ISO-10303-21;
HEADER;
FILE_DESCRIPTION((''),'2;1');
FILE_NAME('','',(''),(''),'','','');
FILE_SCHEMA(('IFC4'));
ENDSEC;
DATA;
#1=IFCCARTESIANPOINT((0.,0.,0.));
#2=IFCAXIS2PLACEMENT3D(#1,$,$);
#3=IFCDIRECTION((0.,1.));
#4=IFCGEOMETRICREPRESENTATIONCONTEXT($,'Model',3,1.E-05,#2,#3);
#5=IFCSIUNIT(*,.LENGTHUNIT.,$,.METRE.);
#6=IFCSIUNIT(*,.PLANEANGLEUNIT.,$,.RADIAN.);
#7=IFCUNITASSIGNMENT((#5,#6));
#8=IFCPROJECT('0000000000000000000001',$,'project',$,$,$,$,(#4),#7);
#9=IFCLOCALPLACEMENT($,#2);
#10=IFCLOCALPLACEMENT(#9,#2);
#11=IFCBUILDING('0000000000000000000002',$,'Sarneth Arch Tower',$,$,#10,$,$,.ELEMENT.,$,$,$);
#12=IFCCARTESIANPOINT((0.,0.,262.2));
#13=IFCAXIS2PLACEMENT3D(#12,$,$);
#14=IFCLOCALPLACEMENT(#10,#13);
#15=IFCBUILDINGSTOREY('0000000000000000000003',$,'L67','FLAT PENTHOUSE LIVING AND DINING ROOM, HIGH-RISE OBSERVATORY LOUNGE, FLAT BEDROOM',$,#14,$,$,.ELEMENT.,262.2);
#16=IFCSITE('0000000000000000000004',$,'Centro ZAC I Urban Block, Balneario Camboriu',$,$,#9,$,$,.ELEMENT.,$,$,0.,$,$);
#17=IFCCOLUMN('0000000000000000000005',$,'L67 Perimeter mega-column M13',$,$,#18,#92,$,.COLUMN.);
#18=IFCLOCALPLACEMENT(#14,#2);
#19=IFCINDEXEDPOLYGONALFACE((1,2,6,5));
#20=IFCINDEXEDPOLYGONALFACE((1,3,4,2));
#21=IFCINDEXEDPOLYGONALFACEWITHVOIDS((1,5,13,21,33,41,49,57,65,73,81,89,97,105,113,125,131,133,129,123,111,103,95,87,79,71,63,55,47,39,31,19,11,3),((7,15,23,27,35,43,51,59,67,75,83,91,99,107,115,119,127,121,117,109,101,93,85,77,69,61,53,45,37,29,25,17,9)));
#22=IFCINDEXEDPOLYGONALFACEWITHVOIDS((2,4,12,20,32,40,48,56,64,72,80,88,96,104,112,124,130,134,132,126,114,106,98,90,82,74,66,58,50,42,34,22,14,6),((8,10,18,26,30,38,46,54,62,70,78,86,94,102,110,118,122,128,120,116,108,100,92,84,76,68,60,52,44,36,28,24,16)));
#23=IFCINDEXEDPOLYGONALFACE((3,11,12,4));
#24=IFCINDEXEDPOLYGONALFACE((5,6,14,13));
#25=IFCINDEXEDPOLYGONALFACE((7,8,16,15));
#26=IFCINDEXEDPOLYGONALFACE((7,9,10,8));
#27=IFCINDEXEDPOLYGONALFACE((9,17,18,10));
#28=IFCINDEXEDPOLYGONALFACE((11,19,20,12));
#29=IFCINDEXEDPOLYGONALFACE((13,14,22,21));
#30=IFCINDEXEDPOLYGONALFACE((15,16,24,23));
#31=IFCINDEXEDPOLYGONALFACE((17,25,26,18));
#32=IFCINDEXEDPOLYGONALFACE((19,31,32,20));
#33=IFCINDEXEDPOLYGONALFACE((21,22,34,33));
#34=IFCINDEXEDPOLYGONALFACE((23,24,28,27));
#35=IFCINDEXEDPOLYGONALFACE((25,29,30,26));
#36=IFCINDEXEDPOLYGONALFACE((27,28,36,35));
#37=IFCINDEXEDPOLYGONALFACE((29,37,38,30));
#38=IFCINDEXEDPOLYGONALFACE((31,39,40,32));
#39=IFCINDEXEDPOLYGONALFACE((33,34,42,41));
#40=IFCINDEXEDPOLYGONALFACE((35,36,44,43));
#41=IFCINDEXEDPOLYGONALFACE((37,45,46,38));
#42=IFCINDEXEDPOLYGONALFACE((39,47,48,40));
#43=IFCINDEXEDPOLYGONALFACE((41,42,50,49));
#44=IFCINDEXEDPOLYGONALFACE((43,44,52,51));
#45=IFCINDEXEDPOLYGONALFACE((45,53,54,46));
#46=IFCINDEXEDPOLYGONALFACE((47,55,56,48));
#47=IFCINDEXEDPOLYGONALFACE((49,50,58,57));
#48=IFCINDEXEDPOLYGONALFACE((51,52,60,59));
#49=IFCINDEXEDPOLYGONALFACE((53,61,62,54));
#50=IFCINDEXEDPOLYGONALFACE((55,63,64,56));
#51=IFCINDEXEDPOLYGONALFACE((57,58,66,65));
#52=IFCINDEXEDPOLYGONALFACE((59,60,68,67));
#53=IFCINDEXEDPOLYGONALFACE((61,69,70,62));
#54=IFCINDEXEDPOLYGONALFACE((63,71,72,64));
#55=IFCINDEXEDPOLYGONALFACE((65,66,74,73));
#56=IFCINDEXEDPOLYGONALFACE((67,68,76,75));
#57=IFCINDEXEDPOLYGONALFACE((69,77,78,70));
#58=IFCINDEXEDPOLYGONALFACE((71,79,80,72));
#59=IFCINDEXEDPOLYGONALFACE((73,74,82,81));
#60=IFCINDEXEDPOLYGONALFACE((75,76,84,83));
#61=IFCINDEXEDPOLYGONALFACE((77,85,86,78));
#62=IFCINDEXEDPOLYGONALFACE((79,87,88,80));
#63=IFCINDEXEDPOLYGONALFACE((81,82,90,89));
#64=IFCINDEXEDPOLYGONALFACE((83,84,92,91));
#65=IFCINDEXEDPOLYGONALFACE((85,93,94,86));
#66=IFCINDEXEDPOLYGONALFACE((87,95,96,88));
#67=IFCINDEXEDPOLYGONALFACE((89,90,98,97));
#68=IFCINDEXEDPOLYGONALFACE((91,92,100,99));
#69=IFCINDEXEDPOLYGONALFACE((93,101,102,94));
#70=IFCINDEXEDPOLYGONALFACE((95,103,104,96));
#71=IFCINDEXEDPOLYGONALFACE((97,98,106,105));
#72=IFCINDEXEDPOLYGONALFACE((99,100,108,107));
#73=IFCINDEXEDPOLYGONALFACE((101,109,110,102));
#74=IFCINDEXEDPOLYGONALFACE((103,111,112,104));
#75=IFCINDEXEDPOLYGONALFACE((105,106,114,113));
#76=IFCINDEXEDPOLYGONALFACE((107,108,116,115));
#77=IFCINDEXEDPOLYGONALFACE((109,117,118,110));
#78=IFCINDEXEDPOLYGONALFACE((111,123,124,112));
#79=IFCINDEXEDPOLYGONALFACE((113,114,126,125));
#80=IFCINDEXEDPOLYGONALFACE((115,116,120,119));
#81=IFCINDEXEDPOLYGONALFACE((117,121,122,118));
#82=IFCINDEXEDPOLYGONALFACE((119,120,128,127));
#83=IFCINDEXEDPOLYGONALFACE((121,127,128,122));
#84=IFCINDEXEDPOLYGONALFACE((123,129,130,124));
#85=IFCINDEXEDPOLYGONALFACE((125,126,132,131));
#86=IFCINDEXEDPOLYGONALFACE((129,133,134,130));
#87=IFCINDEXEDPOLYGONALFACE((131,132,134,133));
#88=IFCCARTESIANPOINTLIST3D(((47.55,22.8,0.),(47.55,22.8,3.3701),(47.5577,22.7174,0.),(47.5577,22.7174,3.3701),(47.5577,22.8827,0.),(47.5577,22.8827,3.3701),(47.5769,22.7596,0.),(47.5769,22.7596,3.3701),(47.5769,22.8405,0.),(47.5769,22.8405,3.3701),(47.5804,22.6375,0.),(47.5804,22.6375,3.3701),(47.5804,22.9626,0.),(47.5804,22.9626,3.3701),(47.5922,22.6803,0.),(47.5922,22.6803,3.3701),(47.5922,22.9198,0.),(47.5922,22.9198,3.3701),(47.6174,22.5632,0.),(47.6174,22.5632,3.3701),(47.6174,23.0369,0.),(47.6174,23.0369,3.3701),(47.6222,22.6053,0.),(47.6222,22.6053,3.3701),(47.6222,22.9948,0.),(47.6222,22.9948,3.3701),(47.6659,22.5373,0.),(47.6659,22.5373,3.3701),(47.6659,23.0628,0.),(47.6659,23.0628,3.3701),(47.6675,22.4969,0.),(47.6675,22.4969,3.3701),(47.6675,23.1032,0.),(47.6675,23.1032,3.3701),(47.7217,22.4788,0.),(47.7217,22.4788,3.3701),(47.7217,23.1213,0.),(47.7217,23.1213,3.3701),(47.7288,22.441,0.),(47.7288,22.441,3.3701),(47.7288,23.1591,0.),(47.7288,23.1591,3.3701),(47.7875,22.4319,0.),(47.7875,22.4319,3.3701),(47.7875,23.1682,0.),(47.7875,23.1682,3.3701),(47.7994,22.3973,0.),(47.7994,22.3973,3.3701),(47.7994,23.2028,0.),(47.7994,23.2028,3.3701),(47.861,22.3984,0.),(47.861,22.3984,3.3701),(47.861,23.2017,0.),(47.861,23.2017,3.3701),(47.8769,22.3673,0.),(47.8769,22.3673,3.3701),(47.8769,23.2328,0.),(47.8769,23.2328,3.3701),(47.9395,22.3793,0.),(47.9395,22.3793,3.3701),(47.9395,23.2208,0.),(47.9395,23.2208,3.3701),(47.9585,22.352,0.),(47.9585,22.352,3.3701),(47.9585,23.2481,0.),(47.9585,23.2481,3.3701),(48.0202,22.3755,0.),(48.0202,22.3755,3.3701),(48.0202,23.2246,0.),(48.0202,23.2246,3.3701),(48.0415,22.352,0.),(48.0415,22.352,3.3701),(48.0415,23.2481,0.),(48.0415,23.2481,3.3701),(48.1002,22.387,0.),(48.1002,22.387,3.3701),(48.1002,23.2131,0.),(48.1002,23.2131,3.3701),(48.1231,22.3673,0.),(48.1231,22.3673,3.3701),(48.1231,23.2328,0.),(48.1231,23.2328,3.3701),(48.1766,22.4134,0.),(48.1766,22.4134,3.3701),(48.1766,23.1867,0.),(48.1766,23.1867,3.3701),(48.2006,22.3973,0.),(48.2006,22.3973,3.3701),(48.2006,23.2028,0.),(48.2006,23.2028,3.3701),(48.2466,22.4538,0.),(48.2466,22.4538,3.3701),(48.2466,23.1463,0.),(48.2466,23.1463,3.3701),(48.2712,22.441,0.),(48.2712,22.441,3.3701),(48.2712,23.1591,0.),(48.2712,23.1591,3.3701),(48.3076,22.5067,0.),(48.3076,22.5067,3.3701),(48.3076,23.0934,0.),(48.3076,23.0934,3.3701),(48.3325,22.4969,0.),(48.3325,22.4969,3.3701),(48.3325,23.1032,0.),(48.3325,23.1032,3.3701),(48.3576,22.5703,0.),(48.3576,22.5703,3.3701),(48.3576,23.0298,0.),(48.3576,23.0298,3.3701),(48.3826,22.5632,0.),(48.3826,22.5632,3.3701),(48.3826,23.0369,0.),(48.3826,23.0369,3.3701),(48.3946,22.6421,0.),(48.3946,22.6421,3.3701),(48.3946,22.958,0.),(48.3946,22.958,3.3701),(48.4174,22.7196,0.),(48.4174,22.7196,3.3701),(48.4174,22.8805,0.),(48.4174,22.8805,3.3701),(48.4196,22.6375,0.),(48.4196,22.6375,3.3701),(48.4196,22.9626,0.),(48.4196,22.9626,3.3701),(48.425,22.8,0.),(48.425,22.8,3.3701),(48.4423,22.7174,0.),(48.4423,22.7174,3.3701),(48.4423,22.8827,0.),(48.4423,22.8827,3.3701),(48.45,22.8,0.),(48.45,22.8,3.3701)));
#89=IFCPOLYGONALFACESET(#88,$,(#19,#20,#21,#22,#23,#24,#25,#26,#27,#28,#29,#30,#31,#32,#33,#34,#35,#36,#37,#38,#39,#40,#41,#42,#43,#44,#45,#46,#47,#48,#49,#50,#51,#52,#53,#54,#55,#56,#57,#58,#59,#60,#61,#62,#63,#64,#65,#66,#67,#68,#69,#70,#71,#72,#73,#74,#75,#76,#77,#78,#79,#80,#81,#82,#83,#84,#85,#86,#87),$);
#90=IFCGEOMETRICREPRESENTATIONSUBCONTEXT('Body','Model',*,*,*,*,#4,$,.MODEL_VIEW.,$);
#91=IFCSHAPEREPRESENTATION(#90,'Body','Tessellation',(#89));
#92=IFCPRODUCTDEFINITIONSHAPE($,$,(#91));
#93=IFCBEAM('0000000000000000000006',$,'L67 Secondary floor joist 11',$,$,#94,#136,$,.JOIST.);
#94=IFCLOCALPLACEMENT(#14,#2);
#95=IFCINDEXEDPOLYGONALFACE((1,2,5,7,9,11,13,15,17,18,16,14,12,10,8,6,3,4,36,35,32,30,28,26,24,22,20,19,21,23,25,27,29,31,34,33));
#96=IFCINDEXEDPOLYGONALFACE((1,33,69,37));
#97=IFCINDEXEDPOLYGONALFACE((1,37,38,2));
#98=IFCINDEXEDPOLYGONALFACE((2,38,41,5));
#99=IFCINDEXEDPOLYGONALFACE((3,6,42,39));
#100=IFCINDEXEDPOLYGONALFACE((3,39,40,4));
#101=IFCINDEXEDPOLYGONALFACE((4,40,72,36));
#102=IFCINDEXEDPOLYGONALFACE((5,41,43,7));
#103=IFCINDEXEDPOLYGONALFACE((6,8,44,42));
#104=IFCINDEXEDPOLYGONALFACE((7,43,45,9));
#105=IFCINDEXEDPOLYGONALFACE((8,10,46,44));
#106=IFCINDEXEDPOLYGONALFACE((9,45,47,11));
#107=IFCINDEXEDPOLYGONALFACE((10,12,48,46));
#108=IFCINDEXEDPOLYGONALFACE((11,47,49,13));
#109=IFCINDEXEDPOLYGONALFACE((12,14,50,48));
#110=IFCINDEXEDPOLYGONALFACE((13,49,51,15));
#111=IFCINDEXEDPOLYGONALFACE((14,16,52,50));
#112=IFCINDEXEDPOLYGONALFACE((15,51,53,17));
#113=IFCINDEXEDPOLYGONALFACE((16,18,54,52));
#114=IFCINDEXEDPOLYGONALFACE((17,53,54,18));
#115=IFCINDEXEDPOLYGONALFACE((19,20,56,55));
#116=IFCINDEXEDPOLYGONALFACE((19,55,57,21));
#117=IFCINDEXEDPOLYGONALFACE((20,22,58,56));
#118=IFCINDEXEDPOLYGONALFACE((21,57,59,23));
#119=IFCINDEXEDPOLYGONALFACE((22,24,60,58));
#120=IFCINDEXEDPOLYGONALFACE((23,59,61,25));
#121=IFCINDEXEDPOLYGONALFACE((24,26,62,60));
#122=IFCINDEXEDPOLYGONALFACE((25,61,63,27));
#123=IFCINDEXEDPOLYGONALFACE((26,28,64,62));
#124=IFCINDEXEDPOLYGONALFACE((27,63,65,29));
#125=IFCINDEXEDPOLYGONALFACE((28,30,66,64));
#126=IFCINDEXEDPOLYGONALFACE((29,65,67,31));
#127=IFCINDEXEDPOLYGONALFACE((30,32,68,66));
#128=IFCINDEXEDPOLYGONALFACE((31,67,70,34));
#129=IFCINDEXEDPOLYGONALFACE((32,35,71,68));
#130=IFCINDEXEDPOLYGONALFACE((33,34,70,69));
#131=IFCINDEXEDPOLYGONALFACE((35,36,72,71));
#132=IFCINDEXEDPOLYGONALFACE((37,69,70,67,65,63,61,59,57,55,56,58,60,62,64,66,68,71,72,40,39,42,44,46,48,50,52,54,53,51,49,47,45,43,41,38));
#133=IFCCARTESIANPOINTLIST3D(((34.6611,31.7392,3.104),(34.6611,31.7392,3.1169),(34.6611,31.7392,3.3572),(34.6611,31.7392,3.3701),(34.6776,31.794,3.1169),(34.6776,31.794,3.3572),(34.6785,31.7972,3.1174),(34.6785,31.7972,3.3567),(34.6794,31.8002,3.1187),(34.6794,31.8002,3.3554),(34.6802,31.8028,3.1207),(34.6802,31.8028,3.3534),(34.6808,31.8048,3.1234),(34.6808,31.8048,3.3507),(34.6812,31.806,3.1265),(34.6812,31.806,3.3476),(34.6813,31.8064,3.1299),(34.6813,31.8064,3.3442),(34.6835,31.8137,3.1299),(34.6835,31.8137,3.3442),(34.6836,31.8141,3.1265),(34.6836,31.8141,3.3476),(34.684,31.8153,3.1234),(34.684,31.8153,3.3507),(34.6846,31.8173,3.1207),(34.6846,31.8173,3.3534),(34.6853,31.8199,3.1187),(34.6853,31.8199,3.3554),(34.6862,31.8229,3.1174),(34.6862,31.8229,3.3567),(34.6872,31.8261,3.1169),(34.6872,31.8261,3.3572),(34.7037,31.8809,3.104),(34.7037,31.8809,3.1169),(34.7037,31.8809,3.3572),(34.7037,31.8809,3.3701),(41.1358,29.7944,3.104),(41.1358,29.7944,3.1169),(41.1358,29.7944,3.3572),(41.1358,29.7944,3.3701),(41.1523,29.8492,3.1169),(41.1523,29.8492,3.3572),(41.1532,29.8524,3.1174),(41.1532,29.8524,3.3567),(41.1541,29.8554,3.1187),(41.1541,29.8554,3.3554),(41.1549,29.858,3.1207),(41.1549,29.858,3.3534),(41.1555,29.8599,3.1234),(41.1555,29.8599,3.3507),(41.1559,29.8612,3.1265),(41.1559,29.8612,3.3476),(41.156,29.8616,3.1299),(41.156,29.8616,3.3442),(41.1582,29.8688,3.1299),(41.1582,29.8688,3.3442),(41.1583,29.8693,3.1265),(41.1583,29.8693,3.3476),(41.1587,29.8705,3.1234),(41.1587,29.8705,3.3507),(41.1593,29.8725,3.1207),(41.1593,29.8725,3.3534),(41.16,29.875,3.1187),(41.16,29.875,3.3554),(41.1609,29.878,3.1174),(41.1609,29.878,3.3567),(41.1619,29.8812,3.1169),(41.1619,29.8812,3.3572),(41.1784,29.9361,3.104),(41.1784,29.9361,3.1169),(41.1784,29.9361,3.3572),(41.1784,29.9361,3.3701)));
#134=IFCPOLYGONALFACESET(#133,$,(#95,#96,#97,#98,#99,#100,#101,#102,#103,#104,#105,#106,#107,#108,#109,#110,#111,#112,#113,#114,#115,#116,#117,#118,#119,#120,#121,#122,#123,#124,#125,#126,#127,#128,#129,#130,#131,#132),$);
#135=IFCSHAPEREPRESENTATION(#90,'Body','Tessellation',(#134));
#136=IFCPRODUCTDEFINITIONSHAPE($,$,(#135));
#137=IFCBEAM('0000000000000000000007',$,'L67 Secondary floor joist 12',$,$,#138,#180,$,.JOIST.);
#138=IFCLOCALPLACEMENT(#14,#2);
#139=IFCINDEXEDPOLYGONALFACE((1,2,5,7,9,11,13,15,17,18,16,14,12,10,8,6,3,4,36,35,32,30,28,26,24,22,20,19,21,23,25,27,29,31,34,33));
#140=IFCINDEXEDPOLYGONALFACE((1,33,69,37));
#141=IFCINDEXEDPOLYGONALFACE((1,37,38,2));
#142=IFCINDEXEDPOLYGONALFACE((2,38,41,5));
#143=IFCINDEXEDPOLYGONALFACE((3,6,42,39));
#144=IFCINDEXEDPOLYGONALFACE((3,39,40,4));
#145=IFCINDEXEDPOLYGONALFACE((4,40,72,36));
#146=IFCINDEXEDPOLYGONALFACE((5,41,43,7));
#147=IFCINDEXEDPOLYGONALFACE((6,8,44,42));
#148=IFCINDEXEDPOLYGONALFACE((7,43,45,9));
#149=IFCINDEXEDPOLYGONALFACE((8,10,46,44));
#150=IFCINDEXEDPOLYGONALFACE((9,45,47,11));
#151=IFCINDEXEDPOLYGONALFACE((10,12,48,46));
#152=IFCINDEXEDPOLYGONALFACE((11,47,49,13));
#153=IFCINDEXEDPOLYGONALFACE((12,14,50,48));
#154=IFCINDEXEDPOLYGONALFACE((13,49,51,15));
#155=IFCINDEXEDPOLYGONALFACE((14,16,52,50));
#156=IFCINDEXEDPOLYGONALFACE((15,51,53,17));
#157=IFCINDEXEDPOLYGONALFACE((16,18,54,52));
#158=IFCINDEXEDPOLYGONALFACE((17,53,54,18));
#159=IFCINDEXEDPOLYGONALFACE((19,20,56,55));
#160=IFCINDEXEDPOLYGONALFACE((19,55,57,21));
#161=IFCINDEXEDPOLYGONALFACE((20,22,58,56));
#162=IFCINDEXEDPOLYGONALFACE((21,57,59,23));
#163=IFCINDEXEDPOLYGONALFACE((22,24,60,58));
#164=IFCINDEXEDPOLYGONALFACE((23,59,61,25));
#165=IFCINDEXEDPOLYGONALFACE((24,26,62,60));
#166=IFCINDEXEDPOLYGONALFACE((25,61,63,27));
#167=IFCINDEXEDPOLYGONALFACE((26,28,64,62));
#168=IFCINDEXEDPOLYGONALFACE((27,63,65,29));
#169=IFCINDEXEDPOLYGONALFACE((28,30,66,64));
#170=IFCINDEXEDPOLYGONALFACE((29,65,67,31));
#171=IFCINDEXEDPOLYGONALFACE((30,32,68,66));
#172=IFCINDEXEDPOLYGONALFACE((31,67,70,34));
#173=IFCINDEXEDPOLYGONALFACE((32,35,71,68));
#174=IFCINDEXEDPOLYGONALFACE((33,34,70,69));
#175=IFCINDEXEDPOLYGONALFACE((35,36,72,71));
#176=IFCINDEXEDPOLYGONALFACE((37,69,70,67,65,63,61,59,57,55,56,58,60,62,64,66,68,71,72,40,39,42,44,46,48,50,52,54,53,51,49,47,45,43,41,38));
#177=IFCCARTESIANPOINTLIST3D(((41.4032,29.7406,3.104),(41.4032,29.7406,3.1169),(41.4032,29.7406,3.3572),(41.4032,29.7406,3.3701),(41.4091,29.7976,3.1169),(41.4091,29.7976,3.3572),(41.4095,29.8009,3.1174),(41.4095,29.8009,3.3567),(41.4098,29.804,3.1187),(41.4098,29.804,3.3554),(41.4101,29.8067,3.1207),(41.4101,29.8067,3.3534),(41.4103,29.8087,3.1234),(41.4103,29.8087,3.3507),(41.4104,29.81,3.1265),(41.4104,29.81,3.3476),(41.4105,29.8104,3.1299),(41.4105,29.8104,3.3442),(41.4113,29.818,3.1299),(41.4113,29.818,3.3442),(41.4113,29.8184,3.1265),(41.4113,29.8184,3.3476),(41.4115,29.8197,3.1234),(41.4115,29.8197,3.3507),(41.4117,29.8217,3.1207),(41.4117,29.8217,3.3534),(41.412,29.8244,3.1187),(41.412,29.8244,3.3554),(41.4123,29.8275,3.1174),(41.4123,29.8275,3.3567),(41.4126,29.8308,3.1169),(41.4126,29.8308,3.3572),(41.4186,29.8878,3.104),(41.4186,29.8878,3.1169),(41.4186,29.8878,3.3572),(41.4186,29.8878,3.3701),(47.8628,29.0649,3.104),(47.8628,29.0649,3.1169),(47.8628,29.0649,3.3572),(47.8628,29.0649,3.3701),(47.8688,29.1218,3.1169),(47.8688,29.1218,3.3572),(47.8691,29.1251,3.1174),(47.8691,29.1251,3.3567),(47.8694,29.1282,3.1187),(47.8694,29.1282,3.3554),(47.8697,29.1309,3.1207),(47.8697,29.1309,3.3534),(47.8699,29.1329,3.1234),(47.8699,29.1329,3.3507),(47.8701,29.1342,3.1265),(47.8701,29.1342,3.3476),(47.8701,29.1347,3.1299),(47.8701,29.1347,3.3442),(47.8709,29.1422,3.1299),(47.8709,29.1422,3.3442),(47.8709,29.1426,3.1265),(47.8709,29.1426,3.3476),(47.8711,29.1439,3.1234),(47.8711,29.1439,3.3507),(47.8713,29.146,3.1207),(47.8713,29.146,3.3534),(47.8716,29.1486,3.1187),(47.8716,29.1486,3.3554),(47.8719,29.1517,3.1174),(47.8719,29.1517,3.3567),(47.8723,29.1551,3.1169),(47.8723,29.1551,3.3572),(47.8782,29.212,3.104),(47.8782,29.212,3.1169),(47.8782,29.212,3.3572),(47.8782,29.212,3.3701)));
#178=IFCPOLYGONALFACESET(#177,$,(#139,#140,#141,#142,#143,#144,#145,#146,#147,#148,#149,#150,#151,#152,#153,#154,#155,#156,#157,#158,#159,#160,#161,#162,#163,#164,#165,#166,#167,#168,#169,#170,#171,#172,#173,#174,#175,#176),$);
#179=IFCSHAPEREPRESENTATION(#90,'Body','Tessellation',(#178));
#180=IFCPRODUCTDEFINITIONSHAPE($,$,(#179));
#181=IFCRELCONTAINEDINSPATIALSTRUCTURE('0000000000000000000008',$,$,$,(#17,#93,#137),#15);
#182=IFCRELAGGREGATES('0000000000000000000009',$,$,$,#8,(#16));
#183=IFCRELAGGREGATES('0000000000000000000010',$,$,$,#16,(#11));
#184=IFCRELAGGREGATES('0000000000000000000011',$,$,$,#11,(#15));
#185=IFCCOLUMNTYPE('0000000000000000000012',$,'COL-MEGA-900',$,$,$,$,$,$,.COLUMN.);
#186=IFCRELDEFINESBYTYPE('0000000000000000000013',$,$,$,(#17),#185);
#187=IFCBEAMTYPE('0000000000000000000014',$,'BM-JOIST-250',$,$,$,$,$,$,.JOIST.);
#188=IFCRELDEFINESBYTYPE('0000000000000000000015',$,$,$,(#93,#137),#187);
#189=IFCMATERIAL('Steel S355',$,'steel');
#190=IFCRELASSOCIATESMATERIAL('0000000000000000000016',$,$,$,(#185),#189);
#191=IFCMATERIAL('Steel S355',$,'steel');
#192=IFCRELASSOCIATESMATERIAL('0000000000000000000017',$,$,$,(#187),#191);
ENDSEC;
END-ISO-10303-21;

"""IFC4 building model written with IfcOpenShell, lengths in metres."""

from ifc_helpers import new_model, si_unit, direction, frame, origin, origin_2d, place, context, subcontext, project, spatial, hollow_circle, i_section, extrude, material, material_profile, profile_set, type_object, element, save


model = new_model("IFC4")

# Units and contexts
model_context = context("Model", 3, precision=1e-05, world=origin(), true_north=direction((0.0, 1.0)))
body_context = subcontext(model_context, "Body", "Model", "MODEL_VIEW")
ifc_project = project(units=[si_unit("LENGTHUNIT", "METRE"), si_unit("PLANEANGLEUNIT", "RADIAN")], contexts=[model_context])

# Site, building, storey
site_placement = place(None, origin())
site = spatial("IfcSite", under=ifc_project, at=site_placement, Name="Centro ZAC I Urban Block, Balneario Camboriu", CompositionType="ELEMENT", RefElevation=0.0)
building_placement = place(site_placement, origin())
building = spatial("IfcBuilding", under=site, at=building_placement, Name="Sarneth Arch Tower", CompositionType="ELEMENT")
storey_placement = place(building_placement, frame((0.0, 0.0, 262.2)))
storey = spatial("IfcBuildingStorey", under=building, at=storey_placement, Name="L67", Description="FLAT PENTHOUSE LIVING AND DINING ROOM, HIGH-RISE OBSERVATORY LOUNGE, FLAT BEDROOM", CompositionType="ELEMENT", Elevation=262.2)

# Column
ifc_material_1 = material(Name="Steel S355", Category="steel")
ifc_material_profile_1 = material_profile(ifc_material_1, hollow_circle(Radius=0.45, WallThickness=0.0249, at=origin_2d()), Name="CHS900x25")
ifc_profile_set_1 = profile_set([ifc_material_profile_1], Name="Steel S355")
column_type = type_object("IfcColumnType", Name="COL-MEGA-900", PredefinedType="COLUMN", material=ifc_profile_set_1)
for number, where, z_axis, x_axis, name in (
    (1, (48.0, 22.8, 0.0), (0.0, 0.0, 1.0), (1.0, 0.0, 0.0), "L67 Perimeter mega-column M13"),
):
    element("IfcColumn", number, at=place(storey_placement, frame(where, z_axis=z_axis, x_axis=x_axis)), inside=storey, type_object=column_type, Name=name, PredefinedType="COLUMN", context=body_context, shape_type="SweptSolid", body=[
        extrude(hollow_circle(Radius=0.45, WallThickness=0.0249, at=origin_2d()), origin(), (0.0, 0.0, 1.0), 3.3701),
    ])

# Beams
ifc_material_2 = material(Name="Steel S355", Category="steel")
ifc_material_profile_2 = material_profile(ifc_material_2, i_section(OverallWidth=0.1479, OverallDepth=0.2661, WebThickness=0.0076, FlangeThickness=0.0129, FilletRadius=0.0129, at=origin_2d()), Name="W250x44.8")
ifc_profile_set_2 = profile_set([ifc_material_profile_2], Name="Steel S355")
beam_type_1 = type_object("IfcBeamType", Name="BM-JOIST-250", PredefinedType="JOIST", material=ifc_profile_set_2)
beam_1_placement = place(storey_placement, frame((34.6824, 31.8101, 3.2371), z_axis=(0.957727, -0.287679, 0.0), x_axis=(0.287679, 0.957727, 0.0)))
element("IfcBeam", 2, at=beam_1_placement, inside=storey, type_object=beam_type_1, Name="L67 Secondary floor joist 11", PredefinedType="JOIST", context=body_context, shape_type="SweptSolid", body=[
    extrude(i_section(OverallWidth=0.1479, OverallDepth=0.2661, WebThickness=0.0076, FlangeThickness=0.0129, FilletRadius=0.0129, at=origin_2d()), origin(), (0.0, 0.0, 1.0), 6.7605),
])
beam_2_placement = place(storey_placement, frame((41.4109, 29.8142, 3.2371), z_axis=(0.994572, -0.104047, 0.0), x_axis=(0.104047, 0.994572, 0.0)))
element("IfcBeam", 3, at=beam_2_placement, inside=storey, type_object=beam_type_1, Name="L67 Secondary floor joist 12", PredefinedType="JOIST", context=body_context, shape_type="SweptSolid", body=[
    extrude(i_section(OverallWidth=0.1479, OverallDepth=0.2661, WebThickness=0.0076, FlangeThickness=0.0129, FilletRadius=0.0129, at=origin_2d()), origin(), (0.0, 0.0, 1.0), 6.4949),
])

save(model, "model.ifc")
